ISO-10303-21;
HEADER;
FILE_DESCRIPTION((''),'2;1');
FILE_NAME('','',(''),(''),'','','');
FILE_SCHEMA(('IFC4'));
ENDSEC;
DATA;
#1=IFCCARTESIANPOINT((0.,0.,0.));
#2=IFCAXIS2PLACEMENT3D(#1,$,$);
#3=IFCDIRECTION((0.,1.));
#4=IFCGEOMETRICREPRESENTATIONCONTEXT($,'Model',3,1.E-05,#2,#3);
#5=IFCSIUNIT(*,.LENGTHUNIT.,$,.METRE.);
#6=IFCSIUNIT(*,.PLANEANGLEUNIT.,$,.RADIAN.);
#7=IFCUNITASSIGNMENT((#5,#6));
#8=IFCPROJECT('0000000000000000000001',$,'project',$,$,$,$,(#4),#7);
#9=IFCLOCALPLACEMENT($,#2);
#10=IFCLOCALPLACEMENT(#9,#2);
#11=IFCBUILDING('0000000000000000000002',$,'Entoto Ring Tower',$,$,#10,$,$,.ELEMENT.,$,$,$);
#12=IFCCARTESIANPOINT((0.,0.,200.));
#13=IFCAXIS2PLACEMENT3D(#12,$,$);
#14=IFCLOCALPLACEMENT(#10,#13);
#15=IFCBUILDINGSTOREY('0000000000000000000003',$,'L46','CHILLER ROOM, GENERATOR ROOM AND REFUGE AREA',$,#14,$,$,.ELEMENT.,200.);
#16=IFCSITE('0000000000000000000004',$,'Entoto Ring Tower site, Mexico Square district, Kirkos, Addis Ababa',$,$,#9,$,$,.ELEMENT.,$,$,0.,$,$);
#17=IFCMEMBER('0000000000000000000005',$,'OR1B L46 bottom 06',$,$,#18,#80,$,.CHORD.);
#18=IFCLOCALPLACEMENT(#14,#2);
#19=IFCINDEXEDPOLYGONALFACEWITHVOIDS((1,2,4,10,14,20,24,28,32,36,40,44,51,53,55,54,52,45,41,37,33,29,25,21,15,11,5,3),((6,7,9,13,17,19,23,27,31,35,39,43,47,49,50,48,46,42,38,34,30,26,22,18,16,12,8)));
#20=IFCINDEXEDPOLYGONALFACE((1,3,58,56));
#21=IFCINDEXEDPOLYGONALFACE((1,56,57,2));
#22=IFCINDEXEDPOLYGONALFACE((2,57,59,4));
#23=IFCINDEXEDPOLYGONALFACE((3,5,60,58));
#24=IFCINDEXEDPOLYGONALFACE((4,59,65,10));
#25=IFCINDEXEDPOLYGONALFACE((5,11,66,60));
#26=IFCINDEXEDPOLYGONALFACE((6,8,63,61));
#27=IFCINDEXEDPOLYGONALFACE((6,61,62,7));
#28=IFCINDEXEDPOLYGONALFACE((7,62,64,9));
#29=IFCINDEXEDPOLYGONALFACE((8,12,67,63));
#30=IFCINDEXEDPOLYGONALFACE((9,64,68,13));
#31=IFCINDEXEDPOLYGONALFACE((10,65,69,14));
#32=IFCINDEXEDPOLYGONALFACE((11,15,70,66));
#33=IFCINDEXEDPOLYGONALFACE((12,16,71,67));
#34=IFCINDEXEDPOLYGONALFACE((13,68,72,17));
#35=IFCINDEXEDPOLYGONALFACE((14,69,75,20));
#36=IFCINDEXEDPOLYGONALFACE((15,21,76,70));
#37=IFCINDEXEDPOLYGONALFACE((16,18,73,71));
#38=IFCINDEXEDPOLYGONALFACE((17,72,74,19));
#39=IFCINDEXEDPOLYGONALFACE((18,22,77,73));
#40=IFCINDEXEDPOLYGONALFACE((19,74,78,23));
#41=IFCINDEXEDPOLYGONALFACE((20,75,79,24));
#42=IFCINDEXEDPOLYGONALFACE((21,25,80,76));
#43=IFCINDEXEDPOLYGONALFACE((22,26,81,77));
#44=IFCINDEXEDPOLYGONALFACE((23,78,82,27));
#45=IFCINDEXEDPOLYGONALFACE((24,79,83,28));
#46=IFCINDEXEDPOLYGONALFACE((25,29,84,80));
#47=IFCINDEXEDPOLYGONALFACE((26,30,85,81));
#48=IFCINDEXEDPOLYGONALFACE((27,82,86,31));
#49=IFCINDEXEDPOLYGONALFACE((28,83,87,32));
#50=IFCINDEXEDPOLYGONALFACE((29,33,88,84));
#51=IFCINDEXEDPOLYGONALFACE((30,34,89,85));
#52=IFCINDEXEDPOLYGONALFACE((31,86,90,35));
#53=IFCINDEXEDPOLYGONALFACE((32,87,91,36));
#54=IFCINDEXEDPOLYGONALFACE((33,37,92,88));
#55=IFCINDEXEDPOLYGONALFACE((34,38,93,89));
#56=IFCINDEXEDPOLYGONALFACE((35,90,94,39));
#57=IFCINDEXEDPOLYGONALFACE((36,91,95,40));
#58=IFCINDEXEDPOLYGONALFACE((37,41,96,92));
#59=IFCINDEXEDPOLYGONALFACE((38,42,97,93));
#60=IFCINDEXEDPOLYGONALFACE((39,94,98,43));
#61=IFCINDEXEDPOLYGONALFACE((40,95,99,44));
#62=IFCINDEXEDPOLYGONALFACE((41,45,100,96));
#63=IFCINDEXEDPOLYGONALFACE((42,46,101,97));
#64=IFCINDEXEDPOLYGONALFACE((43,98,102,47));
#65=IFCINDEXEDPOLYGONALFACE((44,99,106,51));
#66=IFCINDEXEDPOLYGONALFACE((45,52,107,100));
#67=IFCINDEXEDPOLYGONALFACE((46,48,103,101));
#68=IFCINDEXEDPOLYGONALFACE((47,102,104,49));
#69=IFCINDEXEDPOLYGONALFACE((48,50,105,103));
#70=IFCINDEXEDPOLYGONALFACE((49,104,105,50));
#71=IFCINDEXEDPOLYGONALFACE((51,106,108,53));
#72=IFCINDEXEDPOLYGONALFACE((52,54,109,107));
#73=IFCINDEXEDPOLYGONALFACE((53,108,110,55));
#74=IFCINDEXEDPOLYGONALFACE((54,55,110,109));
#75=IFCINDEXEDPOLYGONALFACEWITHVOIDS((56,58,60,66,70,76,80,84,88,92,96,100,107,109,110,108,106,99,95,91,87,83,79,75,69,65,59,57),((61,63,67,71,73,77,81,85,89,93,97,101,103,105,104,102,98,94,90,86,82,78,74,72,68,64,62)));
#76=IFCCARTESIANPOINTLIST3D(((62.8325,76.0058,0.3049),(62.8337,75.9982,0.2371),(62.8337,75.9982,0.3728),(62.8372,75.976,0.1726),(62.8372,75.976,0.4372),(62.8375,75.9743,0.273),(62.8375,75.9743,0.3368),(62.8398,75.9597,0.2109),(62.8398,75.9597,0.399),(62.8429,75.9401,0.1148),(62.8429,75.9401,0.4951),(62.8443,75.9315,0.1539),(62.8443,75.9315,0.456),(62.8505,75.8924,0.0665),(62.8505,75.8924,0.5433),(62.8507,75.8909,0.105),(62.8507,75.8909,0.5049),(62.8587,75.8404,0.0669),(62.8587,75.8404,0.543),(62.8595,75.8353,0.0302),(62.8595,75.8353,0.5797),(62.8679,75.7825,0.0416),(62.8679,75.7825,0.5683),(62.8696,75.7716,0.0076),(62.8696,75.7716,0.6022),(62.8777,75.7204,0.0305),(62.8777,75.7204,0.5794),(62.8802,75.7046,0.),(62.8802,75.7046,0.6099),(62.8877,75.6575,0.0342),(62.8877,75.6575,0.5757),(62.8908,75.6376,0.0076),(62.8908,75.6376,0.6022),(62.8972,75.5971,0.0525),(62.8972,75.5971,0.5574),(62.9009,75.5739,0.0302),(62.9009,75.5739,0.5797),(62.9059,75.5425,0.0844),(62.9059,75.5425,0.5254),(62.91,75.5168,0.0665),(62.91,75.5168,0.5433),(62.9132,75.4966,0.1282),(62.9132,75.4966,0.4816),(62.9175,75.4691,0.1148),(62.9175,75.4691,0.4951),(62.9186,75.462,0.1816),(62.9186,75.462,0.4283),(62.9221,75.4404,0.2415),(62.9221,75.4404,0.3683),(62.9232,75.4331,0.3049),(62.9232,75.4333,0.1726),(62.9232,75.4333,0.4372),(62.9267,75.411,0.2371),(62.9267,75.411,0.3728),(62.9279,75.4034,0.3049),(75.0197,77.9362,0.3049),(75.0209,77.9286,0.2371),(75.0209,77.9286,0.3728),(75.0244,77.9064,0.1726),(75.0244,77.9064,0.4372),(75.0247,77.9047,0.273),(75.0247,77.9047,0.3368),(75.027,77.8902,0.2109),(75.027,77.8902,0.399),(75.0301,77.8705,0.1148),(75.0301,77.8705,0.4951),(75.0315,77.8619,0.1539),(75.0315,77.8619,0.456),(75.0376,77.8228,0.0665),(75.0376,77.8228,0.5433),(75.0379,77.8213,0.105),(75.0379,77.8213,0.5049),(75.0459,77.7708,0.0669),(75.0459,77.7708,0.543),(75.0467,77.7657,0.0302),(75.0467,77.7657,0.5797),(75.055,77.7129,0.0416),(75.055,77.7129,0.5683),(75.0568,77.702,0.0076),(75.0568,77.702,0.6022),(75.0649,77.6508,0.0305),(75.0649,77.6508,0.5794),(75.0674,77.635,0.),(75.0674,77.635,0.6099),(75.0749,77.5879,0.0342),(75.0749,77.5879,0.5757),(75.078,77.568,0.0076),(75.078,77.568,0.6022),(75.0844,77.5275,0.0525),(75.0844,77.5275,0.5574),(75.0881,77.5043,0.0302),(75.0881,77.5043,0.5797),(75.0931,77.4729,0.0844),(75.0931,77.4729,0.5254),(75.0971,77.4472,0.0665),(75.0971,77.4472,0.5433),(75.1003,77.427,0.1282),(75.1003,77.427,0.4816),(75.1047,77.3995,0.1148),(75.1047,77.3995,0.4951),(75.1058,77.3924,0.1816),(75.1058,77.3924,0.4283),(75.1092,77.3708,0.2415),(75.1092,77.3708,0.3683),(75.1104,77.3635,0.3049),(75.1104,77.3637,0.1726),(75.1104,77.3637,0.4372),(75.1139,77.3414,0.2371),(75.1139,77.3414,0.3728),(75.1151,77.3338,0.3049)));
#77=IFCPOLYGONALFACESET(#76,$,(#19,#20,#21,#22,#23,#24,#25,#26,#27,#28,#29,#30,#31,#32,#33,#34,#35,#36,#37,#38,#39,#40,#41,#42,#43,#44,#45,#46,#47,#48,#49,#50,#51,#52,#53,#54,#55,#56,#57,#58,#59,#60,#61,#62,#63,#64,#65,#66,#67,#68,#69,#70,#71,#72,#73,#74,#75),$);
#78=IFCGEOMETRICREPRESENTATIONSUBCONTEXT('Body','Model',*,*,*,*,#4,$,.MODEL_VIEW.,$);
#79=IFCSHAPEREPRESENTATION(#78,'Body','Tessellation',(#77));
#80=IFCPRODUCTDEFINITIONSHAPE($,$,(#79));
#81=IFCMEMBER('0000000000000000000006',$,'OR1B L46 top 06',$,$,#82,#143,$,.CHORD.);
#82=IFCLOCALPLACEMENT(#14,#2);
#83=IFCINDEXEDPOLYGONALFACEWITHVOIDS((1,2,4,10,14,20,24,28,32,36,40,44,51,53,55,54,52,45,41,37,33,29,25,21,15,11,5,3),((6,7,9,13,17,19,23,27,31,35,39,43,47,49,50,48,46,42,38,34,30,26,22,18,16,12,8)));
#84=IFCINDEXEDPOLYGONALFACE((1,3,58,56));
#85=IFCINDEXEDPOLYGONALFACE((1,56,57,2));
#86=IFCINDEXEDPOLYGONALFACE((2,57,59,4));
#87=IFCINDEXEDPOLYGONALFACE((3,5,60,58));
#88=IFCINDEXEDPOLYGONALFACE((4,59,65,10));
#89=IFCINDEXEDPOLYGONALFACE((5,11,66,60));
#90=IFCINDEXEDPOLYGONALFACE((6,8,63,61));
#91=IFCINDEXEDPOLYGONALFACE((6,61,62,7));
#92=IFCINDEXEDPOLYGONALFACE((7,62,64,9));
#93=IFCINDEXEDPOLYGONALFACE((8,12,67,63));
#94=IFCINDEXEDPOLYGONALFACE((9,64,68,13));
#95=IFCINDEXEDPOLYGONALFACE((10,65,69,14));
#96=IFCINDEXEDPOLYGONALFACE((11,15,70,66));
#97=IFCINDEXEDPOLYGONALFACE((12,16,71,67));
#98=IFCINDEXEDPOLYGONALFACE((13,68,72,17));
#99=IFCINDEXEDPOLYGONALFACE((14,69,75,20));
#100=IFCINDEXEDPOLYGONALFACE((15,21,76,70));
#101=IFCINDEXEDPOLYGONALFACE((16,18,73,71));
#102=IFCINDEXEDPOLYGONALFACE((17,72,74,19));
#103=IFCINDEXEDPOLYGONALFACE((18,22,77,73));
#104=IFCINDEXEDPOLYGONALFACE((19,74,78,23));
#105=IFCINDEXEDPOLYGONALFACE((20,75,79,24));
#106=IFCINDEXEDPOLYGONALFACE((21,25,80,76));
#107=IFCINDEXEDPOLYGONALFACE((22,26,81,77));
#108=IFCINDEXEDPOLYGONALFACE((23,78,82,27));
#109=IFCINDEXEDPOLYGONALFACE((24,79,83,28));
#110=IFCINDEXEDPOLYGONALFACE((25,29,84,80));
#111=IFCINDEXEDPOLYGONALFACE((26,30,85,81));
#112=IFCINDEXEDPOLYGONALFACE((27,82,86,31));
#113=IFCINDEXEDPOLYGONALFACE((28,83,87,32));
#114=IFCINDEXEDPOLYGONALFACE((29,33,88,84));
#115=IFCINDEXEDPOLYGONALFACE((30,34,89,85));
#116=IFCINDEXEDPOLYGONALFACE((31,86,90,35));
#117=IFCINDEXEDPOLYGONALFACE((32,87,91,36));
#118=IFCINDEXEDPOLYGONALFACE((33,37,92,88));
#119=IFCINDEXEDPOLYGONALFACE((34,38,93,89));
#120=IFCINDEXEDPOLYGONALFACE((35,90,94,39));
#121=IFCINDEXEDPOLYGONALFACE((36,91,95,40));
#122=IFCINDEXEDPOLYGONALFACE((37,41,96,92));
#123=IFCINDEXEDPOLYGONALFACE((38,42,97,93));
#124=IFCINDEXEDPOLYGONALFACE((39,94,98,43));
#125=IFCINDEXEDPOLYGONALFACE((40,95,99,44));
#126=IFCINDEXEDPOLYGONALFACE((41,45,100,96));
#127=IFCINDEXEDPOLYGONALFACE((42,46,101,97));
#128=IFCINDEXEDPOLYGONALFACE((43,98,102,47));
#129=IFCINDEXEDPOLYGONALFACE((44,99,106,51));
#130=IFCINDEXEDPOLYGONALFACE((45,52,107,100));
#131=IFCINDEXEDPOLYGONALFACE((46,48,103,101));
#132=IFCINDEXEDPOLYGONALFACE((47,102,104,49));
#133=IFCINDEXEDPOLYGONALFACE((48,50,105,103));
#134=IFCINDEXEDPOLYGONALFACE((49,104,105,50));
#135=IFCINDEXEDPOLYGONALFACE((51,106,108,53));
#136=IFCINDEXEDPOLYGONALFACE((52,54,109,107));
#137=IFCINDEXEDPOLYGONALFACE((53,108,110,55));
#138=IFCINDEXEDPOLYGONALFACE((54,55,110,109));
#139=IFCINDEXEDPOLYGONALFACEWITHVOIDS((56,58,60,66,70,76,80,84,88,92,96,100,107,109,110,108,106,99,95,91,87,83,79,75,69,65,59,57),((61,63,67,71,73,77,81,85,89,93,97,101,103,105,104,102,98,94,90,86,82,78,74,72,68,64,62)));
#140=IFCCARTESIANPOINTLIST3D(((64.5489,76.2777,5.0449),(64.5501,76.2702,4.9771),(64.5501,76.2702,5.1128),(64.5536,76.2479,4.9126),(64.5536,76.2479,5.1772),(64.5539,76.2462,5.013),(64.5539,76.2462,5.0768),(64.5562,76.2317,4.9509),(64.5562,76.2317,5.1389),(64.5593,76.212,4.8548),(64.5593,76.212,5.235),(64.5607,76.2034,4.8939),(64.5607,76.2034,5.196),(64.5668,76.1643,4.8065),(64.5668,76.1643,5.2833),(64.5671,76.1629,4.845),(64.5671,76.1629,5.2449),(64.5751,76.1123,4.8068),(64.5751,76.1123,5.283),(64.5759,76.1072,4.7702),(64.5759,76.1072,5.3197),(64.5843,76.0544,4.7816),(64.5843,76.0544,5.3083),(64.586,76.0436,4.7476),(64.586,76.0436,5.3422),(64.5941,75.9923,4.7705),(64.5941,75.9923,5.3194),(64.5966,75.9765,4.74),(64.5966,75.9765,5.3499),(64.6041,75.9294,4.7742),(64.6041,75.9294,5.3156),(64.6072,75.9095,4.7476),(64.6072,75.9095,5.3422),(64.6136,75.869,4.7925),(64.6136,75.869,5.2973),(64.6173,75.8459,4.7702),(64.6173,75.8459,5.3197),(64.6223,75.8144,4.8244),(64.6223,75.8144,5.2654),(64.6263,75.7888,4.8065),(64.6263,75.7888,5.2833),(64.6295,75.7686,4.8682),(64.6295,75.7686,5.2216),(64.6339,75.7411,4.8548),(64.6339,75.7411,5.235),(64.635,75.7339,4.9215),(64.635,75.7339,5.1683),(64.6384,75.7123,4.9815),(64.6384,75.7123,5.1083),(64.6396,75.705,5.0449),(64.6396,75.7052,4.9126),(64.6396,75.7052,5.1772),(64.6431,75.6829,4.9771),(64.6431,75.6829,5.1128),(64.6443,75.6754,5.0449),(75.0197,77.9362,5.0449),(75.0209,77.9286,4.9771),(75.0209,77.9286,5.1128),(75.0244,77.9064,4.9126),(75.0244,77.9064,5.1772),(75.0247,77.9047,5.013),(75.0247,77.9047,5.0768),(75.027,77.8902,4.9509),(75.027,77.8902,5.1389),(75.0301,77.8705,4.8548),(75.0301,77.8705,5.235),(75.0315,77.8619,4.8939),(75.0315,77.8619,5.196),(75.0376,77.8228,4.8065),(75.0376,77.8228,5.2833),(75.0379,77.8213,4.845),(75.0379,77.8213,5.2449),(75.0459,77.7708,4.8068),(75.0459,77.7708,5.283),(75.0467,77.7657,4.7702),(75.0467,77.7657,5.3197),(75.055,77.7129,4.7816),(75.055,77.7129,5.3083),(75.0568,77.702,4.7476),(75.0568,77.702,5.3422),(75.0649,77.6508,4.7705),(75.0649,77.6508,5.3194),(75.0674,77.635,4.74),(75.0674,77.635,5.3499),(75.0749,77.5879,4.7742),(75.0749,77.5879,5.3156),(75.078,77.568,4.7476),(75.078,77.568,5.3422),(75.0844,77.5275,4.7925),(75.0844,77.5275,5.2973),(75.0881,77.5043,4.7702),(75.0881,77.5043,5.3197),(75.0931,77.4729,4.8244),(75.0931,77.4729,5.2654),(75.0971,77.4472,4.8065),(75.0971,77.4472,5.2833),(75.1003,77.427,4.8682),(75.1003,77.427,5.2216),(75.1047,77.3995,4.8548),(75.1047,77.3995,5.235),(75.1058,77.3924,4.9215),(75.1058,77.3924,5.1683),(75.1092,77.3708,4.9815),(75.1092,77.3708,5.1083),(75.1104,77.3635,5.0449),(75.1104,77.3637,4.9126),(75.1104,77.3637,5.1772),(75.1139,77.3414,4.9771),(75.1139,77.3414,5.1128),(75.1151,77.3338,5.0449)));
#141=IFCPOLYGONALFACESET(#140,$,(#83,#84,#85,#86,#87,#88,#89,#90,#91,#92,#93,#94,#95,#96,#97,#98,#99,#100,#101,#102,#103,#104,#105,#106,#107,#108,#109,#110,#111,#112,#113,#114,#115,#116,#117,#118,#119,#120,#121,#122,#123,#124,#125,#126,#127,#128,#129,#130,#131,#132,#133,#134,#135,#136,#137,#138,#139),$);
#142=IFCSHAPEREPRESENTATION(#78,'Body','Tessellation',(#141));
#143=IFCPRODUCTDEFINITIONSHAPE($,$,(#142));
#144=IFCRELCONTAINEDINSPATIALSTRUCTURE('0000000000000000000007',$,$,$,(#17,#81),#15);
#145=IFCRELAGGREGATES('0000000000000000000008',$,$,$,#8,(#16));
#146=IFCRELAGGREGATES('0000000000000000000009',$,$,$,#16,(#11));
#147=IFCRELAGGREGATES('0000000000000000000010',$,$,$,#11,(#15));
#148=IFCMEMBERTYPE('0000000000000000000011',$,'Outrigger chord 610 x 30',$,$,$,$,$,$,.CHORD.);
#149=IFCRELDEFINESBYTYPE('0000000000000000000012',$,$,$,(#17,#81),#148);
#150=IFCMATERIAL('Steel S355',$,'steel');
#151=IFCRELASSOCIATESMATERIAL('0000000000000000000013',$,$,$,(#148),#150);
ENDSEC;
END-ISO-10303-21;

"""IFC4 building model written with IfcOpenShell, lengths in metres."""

from ifc_helpers import new_model, si_unit, direction, frame, origin, origin_2d, place, context, subcontext, project, spatial, circle, hollow_circle, extrude, material, material_profile, profile_set, type_object, element, save


model = new_model("IFC4")

# Units and contexts
model_context = context("Model", 3, precision=1e-05, world=origin(), true_north=direction((0.0, 1.0)))
body_context = subcontext(model_context, "Body", "Model", "MODEL_VIEW")
ifc_project = project(units=[si_unit("LENGTHUNIT", "METRE"), si_unit("PLANEANGLEUNIT", "RADIAN")], contexts=[model_context])

# Site, building, storey
site_placement = place(None, origin())
site = spatial("IfcSite", under=ifc_project, at=site_placement, Name="Entoto Ring Tower site, Mexico Square district, Kirkos, Addis Ababa", CompositionType="ELEMENT", RefElevation=0.0)
building_placement = place(site_placement, origin())
building = spatial("IfcBuilding", under=site, at=building_placement, Name="Entoto Ring Tower", CompositionType="ELEMENT")
storey_placement = place(building_placement, frame((0.0, 0.0, 200.0)))
storey = spatial("IfcBuildingStorey", under=building, at=storey_placement, Name="L46", Description="CHILLER ROOM, GENERATOR ROOM AND REFUGE AREA", CompositionType="ELEMENT", Elevation=200.0)

# Members
ifc_material_1 = material(Name="Steel S355", Category="steel")
ifc_material_profile_1 = material_profile(ifc_material_1, hollow_circle(Radius=0.3049, WallThickness=0.03, at=origin_2d()), Name="CHS 610 x 30")
ifc_material_2 = material(Name="Concrete C60/75", Category="concrete")
ifc_material_profile_2 = material_profile(ifc_material_2, circle(Radius=0.2749, at=origin_2d()), Name="Concrete C60/75 infill")
ifc_profile_set_1 = profile_set([ifc_material_profile_1, ifc_material_profile_2], Name="Steel S355")
member_type_1 = type_object("IfcMemberType", Name="Outrigger chord 610 x 30", PredefinedType="CHORD", material=ifc_profile_set_1)
member_1_placement = place(storey_placement, frame((75.0674, 77.635, 0.3049), z_axis=(-0.987686, -0.156446, 0.0), x_axis=(0.156446, -0.987686, 0.0)))
element("IfcMember", 1, at=member_1_placement, inside=storey, type_object=member_type_1, Name="OR1B L46 bottom 06", PredefinedType="CHORD", context=body_context, shape_type="SweptSolid", body=[
    extrude(hollow_circle(Radius=0.3049, WallThickness=0.03, at=origin_2d()), origin(), (0.0, 0.0, 1.0), 12.3391),
])
member_2_placement = place(storey_placement, frame((75.0674, 77.635, 5.0449), z_axis=(-0.987688, -0.156439, 0.0), x_axis=(0.156439, -0.987688, 0.0)))
element("IfcMember", 2, at=member_2_placement, inside=storey, type_object=member_type_1, Name="OR1B L46 top 06", PredefinedType="CHORD", context=body_context, shape_type="SweptSolid", body=[
    extrude(hollow_circle(Radius=0.3049, WallThickness=0.03, at=origin_2d()), origin(), (0.0, 0.0, 1.0), 10.6013),
])

save(model, "model.ifc")
